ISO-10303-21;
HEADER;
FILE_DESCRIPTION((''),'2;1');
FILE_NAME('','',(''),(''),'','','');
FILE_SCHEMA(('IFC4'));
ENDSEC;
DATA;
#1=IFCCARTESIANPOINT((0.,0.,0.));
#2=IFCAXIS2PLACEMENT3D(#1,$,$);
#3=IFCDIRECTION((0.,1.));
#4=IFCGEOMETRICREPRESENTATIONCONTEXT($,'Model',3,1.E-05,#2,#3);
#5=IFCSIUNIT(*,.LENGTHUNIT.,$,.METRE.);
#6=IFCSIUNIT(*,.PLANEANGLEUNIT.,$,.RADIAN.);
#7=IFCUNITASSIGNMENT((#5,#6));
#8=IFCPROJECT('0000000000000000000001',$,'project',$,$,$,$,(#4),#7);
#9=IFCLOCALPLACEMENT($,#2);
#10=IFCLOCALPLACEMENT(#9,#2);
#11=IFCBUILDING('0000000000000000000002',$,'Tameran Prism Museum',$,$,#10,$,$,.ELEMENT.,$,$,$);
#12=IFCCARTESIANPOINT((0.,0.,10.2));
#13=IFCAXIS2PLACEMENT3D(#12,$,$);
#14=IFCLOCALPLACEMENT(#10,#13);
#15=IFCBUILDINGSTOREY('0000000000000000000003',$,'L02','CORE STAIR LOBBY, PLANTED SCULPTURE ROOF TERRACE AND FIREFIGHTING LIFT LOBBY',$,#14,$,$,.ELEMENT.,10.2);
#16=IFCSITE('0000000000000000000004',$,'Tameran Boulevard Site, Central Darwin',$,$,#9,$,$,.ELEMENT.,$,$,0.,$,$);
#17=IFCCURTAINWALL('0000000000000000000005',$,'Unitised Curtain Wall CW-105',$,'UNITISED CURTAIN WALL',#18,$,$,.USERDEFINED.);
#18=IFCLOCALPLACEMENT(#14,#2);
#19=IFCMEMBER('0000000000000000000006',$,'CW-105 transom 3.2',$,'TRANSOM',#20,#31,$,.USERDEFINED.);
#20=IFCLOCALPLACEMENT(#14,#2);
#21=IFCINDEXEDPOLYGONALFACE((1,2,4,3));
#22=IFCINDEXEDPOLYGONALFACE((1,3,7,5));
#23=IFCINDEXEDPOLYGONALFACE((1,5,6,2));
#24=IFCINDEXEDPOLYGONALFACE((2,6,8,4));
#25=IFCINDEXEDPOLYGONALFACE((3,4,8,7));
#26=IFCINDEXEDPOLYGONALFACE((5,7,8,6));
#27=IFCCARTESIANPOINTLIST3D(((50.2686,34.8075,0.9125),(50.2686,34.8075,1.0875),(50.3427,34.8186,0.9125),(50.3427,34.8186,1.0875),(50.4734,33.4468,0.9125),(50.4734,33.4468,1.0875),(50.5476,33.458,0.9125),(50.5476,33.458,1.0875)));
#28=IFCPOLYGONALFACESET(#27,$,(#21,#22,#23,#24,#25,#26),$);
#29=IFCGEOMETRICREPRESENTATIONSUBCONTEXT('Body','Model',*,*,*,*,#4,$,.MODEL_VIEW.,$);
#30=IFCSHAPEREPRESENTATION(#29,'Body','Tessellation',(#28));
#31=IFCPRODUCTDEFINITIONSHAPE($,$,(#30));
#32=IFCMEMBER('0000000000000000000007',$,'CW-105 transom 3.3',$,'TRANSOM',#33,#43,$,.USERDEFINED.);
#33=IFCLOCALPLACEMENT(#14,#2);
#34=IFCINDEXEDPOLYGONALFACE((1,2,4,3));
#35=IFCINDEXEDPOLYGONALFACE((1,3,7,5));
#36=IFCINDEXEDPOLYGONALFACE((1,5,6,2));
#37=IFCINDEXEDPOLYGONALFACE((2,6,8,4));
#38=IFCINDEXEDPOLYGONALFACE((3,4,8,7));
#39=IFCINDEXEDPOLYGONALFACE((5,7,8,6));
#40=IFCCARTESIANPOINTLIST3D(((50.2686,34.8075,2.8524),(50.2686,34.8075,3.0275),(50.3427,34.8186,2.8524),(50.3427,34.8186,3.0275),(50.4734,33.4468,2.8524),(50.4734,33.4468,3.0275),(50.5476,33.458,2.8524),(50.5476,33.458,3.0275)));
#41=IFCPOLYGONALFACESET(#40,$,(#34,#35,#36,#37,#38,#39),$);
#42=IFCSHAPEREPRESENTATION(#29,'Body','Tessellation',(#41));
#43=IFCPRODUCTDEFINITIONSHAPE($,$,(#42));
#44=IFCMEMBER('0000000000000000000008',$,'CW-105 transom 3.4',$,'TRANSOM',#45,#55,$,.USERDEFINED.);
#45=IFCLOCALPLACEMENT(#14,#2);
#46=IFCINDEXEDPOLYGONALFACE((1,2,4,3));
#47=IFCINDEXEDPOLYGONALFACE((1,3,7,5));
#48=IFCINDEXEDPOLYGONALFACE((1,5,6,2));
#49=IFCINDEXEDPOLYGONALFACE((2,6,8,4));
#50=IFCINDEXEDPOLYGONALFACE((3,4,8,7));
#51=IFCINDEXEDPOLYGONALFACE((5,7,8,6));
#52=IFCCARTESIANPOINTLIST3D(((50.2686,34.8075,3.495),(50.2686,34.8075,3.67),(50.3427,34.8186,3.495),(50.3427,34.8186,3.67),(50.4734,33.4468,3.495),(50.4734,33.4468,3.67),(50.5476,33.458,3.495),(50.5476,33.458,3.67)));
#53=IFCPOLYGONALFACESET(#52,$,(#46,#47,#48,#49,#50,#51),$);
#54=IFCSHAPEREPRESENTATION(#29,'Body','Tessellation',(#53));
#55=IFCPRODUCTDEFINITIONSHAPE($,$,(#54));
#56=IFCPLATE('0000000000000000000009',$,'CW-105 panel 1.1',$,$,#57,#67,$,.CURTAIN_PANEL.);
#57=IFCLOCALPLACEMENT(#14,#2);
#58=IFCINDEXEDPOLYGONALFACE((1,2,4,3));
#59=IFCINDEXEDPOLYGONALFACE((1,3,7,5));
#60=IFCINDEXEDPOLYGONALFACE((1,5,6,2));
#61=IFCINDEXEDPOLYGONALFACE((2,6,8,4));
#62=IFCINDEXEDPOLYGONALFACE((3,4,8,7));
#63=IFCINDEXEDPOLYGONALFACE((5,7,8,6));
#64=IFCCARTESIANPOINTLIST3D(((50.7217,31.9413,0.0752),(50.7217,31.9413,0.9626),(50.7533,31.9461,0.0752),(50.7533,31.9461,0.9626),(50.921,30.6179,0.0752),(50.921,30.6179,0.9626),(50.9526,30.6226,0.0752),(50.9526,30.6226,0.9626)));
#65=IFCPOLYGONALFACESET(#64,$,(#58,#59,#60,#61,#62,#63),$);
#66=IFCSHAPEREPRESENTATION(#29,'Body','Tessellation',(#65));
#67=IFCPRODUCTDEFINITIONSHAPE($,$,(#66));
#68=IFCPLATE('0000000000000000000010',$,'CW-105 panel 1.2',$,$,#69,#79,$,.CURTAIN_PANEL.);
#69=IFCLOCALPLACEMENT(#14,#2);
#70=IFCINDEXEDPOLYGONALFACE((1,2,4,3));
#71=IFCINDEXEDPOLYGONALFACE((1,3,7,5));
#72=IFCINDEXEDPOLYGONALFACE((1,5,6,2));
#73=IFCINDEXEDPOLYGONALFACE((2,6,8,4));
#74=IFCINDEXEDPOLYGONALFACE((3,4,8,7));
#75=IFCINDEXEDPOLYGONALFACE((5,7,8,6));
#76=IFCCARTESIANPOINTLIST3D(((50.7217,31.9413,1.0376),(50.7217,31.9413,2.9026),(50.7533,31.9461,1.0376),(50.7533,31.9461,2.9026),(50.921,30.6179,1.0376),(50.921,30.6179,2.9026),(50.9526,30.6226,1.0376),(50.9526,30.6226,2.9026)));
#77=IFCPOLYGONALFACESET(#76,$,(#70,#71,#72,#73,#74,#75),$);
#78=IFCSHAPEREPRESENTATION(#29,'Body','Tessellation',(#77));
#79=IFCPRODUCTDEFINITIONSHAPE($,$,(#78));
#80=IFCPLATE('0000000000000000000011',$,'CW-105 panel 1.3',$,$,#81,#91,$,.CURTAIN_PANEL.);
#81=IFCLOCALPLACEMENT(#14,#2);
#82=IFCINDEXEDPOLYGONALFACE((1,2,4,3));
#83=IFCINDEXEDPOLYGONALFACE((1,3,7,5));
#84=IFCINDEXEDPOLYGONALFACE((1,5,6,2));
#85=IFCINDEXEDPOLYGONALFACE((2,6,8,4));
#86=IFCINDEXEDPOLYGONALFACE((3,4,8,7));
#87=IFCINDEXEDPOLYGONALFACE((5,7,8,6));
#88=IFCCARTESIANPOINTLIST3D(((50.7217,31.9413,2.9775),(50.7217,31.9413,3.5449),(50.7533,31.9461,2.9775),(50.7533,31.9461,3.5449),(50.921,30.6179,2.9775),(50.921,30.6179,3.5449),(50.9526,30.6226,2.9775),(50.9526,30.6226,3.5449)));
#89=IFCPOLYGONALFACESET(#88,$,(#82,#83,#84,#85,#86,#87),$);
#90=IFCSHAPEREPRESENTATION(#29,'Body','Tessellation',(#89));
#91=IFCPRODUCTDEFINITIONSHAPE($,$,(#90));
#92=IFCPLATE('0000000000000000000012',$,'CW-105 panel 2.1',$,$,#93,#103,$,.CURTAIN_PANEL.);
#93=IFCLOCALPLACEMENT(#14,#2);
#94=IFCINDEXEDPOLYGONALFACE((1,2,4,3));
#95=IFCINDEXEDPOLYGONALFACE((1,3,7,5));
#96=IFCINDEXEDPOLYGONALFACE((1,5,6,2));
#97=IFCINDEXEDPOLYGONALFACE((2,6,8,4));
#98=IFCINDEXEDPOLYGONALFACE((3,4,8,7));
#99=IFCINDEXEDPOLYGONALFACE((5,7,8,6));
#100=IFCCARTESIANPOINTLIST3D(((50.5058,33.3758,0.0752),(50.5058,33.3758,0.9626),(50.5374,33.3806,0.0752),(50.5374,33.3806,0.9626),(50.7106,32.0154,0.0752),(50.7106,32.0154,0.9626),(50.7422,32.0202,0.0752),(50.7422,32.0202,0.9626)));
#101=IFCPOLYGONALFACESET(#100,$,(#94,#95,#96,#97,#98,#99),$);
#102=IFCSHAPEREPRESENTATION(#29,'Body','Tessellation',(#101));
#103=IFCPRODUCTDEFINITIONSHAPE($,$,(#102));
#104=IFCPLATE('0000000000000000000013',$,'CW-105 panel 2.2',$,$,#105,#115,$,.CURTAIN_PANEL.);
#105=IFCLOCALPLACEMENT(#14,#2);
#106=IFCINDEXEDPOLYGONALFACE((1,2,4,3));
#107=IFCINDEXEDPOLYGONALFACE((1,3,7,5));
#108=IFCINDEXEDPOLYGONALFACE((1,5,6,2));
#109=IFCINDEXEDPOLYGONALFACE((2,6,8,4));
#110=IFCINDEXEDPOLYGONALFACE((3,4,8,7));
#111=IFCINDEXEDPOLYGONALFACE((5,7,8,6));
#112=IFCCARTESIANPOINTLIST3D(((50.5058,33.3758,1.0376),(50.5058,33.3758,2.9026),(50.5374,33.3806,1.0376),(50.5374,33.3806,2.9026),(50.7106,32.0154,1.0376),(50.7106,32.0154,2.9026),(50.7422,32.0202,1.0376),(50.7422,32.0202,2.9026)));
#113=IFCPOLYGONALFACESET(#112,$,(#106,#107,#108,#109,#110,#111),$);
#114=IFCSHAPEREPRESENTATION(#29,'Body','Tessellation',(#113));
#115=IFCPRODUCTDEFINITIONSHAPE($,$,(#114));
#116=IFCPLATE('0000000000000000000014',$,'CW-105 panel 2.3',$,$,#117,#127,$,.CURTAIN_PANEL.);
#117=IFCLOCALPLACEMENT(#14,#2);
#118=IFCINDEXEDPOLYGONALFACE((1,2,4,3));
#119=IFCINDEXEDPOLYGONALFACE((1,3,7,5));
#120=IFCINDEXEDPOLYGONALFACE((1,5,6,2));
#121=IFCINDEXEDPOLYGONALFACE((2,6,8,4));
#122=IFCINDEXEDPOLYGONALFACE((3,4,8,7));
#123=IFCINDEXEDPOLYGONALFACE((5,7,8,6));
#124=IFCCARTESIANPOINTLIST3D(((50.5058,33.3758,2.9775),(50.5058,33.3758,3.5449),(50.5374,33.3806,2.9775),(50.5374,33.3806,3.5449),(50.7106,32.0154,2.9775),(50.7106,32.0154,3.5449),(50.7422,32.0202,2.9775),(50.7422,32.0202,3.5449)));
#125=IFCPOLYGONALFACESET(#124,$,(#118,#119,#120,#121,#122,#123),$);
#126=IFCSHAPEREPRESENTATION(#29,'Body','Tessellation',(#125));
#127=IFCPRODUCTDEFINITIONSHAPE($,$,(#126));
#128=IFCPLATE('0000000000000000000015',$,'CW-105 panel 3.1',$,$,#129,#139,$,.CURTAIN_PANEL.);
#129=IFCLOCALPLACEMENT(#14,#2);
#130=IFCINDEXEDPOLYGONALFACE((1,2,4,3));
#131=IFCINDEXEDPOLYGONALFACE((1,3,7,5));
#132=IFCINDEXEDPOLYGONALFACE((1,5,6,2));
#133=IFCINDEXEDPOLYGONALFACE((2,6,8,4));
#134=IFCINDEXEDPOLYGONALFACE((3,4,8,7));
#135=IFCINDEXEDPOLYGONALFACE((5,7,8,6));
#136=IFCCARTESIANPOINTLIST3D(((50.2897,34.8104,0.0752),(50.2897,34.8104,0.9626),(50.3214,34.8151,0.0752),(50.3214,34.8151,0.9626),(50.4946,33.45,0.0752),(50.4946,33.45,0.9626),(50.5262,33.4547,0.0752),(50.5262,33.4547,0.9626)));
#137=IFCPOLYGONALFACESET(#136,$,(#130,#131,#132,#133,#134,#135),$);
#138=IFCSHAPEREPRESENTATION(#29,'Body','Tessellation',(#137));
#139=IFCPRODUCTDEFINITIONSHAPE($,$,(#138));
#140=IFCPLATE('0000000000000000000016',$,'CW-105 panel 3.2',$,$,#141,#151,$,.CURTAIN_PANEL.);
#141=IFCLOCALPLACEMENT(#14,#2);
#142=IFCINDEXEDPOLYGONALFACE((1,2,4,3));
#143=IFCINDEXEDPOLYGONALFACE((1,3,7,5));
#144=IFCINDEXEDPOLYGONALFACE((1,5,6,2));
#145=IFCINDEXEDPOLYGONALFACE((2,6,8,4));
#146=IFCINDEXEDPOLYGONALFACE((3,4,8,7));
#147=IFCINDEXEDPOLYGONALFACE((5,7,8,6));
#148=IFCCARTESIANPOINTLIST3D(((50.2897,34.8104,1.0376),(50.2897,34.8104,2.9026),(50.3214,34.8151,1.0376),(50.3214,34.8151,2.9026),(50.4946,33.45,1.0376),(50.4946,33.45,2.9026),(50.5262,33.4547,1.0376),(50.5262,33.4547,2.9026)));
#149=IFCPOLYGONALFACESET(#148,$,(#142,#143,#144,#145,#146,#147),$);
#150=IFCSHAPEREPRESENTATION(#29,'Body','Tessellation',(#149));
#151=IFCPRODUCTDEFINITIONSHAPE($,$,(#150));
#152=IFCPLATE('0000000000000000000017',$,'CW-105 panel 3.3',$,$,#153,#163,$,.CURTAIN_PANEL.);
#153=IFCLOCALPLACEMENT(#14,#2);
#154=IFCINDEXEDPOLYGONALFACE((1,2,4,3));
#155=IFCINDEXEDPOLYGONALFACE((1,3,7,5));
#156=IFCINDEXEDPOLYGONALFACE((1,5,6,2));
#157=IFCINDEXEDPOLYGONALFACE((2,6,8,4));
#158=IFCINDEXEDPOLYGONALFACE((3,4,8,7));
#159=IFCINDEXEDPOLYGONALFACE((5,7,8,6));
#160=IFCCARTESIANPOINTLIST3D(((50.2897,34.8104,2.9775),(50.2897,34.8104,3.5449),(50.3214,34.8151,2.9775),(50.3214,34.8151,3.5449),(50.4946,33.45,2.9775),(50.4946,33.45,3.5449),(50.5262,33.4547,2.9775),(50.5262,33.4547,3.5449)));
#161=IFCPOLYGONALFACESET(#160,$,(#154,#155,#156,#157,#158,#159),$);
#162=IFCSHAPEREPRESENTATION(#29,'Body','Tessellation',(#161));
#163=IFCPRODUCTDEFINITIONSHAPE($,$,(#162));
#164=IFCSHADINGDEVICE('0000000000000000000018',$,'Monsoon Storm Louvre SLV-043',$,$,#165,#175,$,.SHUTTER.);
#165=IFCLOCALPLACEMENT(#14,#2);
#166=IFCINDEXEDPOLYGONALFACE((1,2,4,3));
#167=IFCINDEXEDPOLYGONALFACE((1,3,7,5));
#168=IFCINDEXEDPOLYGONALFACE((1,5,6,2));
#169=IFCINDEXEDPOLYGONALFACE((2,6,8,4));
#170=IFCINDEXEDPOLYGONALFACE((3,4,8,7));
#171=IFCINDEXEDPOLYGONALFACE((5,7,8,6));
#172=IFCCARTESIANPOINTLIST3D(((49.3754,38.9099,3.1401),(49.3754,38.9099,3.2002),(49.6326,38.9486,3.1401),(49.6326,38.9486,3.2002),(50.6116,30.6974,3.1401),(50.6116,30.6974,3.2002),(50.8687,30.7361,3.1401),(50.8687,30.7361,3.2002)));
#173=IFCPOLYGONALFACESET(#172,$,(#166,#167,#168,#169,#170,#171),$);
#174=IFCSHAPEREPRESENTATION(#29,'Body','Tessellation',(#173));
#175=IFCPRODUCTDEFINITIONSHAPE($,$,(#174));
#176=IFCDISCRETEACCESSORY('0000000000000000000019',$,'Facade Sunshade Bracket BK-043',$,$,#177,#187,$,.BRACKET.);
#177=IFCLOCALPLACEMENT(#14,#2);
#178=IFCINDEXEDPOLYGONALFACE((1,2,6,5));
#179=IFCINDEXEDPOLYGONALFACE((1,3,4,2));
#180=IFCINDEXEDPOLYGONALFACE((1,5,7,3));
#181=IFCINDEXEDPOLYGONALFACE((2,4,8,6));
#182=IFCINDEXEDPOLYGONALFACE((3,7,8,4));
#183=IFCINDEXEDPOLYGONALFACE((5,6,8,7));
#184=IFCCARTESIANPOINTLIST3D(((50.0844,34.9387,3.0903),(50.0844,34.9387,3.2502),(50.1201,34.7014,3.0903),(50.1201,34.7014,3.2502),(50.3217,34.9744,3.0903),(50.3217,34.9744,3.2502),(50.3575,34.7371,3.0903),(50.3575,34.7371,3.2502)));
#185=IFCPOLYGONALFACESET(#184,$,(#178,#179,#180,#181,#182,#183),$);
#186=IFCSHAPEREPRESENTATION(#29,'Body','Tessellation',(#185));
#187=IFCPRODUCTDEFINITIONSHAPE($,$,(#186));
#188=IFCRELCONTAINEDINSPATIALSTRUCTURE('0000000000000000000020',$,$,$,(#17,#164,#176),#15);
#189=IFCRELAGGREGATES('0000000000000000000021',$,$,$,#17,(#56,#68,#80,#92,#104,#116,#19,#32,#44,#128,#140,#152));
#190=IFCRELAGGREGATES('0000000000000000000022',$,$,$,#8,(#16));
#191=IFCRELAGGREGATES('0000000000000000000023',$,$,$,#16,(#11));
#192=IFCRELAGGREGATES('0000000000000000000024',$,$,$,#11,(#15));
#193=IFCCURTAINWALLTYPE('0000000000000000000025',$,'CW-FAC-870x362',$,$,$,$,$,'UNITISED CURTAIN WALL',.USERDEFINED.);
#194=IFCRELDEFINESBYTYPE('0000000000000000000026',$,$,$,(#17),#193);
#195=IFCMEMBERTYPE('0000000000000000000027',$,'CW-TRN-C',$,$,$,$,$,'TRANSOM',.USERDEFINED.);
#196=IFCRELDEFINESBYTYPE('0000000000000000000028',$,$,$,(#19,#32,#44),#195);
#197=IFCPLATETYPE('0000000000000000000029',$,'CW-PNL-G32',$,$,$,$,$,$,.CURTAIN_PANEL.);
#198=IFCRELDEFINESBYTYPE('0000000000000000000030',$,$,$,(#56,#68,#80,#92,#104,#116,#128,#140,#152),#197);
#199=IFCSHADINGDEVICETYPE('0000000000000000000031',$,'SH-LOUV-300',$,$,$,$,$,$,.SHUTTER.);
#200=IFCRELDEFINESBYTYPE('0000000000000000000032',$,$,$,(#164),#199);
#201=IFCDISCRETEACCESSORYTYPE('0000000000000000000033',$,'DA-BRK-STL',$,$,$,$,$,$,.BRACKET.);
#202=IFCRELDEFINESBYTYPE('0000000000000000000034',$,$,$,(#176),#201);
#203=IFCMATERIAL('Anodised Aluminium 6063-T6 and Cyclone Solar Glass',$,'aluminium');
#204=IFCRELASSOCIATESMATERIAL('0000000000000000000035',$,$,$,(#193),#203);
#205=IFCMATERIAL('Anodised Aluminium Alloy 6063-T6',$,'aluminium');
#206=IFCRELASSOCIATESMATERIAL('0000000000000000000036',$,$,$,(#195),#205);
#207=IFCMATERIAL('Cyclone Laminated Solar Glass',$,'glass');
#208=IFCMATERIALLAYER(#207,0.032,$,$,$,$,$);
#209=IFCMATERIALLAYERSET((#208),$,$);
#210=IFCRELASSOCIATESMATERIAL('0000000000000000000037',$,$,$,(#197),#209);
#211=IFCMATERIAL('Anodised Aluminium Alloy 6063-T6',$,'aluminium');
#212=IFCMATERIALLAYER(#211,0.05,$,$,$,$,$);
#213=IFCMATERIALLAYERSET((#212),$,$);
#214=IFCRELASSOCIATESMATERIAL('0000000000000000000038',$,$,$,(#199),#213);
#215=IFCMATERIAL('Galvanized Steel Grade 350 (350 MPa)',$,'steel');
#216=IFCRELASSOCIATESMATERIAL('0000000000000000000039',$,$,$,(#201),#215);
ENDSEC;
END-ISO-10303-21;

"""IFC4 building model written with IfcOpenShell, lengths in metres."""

from ifc_helpers import new_model, si_unit, direction, frame, origin, origin_2d, place, context, subcontext, project, spatial, rectangle, extrude, material, layer, layer_set, material_profile, profile_set, type_object, element, aggregate, save


model = new_model("IFC4")

# Units and contexts
model_context = context("Model", 3, precision=1e-05, world=origin(), true_north=direction((0.0, 1.0)))
body_context = subcontext(model_context, "Body", "Model", "MODEL_VIEW")
ifc_project = project(units=[si_unit("LENGTHUNIT", "METRE"), si_unit("PLANEANGLEUNIT", "RADIAN")], contexts=[model_context])

# Site, building, storey
site_placement = place(None, origin())
site = spatial("IfcSite", under=ifc_project, at=site_placement, Name="Tameran Boulevard Site, Central Darwin", CompositionType="ELEMENT", RefElevation=0.0)
building_placement = place(site_placement, origin())
building = spatial("IfcBuilding", under=site, at=building_placement, Name="Tameran Prism Museum", CompositionType="ELEMENT")
storey_placement = place(building_placement, frame((0.0, 0.0, 10.2)))
storey = spatial("IfcBuildingStorey", under=building, at=storey_placement, Name="L02", Description="CORE STAIR LOBBY, PLANTED SCULPTURE ROOF TERRACE AND FIREFIGHTING LIFT LOBBY", CompositionType="ELEMENT", Elevation=10.2)

# Curtain wall, members, plates
ifc_material_1 = material(Name="Anodised Aluminium 6063-T6 and Cyclone Solar Glass", Category="aluminium")
curtain_wall_type = type_object("IfcCurtainWallType", Name="CW-FAC-870x362", ElementType="UNITISED CURTAIN WALL", PredefinedType="USERDEFINED", material=ifc_material_1)
curtain_wall_placement = place(storey_placement, origin())
curtain_wall = element("IfcCurtainWall", 1, at=curtain_wall_placement, inside=storey, type_object=curtain_wall_type, Name="Unitised Curtain Wall CW-105", ObjectType="UNITISED CURTAIN WALL", PredefinedType="USERDEFINED")
ifc_material_2 = material(Name="Anodised Aluminium Alloy 6063-T6", Category="aluminium")
ifc_material_profile_1 = material_profile(ifc_material_2, rectangle(XDim=0.075, YDim=0.175, at=origin_2d()))
ifc_profile_set_1 = profile_set([ifc_material_profile_1])
member_type_1 = type_object("IfcMemberType", Name="CW-TRN-C", ElementType="TRANSOM", PredefinedType="USERDEFINED", material=ifc_profile_set_1)
member_1_placement = place(storey_placement, frame((50.5105, 33.4524, 1.0), z_axis=(-0.14887, 0.988857, 0.0), x_axis=(-0.988857, -0.14887, 0.0)))
member_1 = element("IfcMember", 2, at=member_1_placement, type_object=member_type_1, Name="CW-105 transom 3.2", ObjectType="TRANSOM", PredefinedType="USERDEFINED", context=body_context, shape_type="SweptSolid", body=[
    extrude(rectangle(XDim=0.075, YDim=0.175, at=origin_2d()), origin(), (0.0, 0.0, 1.0), 1.376),
])
member_2_placement = place(storey_placement, frame((50.5105, 33.4524, 2.9399), z_axis=(-0.14887, 0.988857, 0.0), x_axis=(-0.988857, -0.14887, 0.0)))
member_2 = element("IfcMember", 3, at=member_2_placement, type_object=member_type_1, Name="CW-105 transom 3.3", ObjectType="TRANSOM", PredefinedType="USERDEFINED", context=body_context, shape_type="SweptSolid", body=[
    extrude(rectangle(XDim=0.075, YDim=0.175, at=origin_2d()), origin(), (0.0, 0.0, 1.0), 1.376),
])
member_3_placement = place(storey_placement, frame((50.5105, 33.4524, 3.5825), z_axis=(-0.14887, 0.988857, 0.0), x_axis=(-0.988857, -0.14887, 0.0)))
member_3 = element("IfcMember", 4, at=member_3_placement, type_object=member_type_1, Name="CW-105 transom 3.4", ObjectType="TRANSOM", PredefinedType="USERDEFINED", context=body_context, shape_type="SweptSolid", body=[
    extrude(rectangle(XDim=0.075, YDim=0.175, at=origin_2d()), origin(), (0.0, 0.0, 1.0), 1.376),
])
ifc_material_3 = material(Name="Cyclone Laminated Solar Glass", Category="glass")
ifc_layer_1 = layer(ifc_material_3, 0.032)
ifc_layer_set_1 = layer_set([ifc_layer_1])
plate_type = type_object("IfcPlateType", Name="CW-PNL-G32", PredefinedType="CURTAIN_PANEL", material=ifc_layer_set_1)
plate_1_placement = place(storey_placement, frame((50.8372, 31.282, 0.0752), z_axis=(0.0, 0.0, 1.0), x_axis=(-0.14888, 0.988855, 0.0)))
plate_1 = element("IfcPlate", 5, at=plate_1_placement, type_object=plate_type, Name="CW-105 panel 1.1", PredefinedType="CURTAIN_PANEL", context=body_context, shape_type="SweptSolid", body=[
    extrude(rectangle(XDim=1.3384, YDim=0.032, at=origin_2d()), origin(), (0.0, 0.0, 1.0), 0.8875),
])
plate_2_placement = place(storey_placement, frame((50.8372, 31.282, 1.0376), z_axis=(0.0, 0.0, 1.0), x_axis=(-0.14888, 0.988855, 0.0)))
plate_2 = element("IfcPlate", 6, at=plate_2_placement, type_object=plate_type, Name="CW-105 panel 1.2", PredefinedType="CURTAIN_PANEL", context=body_context, shape_type="SweptSolid", body=[
    extrude(rectangle(XDim=1.3384, YDim=0.032, at=origin_2d()), origin(), (0.0, 0.0, 1.0), 1.865),
])
plate_3_placement = place(storey_placement, frame((50.8372, 31.282, 2.9775), z_axis=(0.0, 0.0, 1.0), x_axis=(-0.14888, 0.988855, 0.0)))
plate_3 = element("IfcPlate", 7, at=plate_3_placement, type_object=plate_type, Name="CW-105 panel 1.3", PredefinedType="CURTAIN_PANEL", context=body_context, shape_type="SweptSolid", body=[
    extrude(rectangle(XDim=1.3384, YDim=0.032, at=origin_2d()), origin(), (0.0, 0.0, 1.0), 0.5674),
])
plate_4_placement = place(storey_placement, frame((50.624, 32.698, 0.0752), z_axis=(0.0, 0.0, 1.0), x_axis=(-0.14888, 0.988855, 0.0)))
plate_4 = element("IfcPlate", 8, at=plate_4_placement, type_object=plate_type, Name="CW-105 panel 2.1", PredefinedType="CURTAIN_PANEL", context=body_context, shape_type="SweptSolid", body=[
    extrude(rectangle(XDim=1.3757, YDim=0.032, at=origin_2d()), origin(), (0.0, 0.0, 1.0), 0.8875),
])
plate_5_placement = place(storey_placement, frame((50.624, 32.698, 1.0376), z_axis=(0.0, 0.0, 1.0), x_axis=(-0.14888, 0.988855, 0.0)))
plate_5 = element("IfcPlate", 9, at=plate_5_placement, type_object=plate_type, Name="CW-105 panel 2.2", PredefinedType="CURTAIN_PANEL", context=body_context, shape_type="SweptSolid", body=[
    extrude(rectangle(XDim=1.3757, YDim=0.032, at=origin_2d()), origin(), (0.0, 0.0, 1.0), 1.865),
])
plate_6_placement = place(storey_placement, frame((50.624, 32.698, 2.9775), z_axis=(0.0, 0.0, 1.0), x_axis=(-0.14888, 0.988855, 0.0)))
plate_6 = element("IfcPlate", 10, at=plate_6_placement, type_object=plate_type, Name="CW-105 panel 2.3", PredefinedType="CURTAIN_PANEL", context=body_context, shape_type="SweptSolid", body=[
    extrude(rectangle(XDim=1.3757, YDim=0.032, at=origin_2d()), origin(), (0.0, 0.0, 1.0), 0.5674),
])
plate_7_placement = place(storey_placement, frame((50.408, 34.1326, 0.0752), z_axis=(0.0, 0.0, 1.0), x_axis=(-0.14888, 0.988855, 0.0)))
plate_7 = element("IfcPlate", 11, at=plate_7_placement, type_object=plate_type, Name="CW-105 panel 3.1", PredefinedType="CURTAIN_PANEL", context=body_context, shape_type="SweptSolid", body=[
    extrude(rectangle(XDim=1.3757, YDim=0.032, at=origin_2d()), origin(), (0.0, 0.0, 1.0), 0.8875),
])
plate_8_placement = place(storey_placement, frame((50.408, 34.1326, 1.0376), z_axis=(0.0, 0.0, 1.0), x_axis=(-0.14888, 0.988855, 0.0)))
plate_8 = element("IfcPlate", 12, at=plate_8_placement, type_object=plate_type, Name="CW-105 panel 3.2", PredefinedType="CURTAIN_PANEL", context=body_context, shape_type="SweptSolid", body=[
    extrude(rectangle(XDim=1.3757, YDim=0.032, at=origin_2d()), origin(), (0.0, 0.0, 1.0), 1.865),
])
plate_9_placement = place(storey_placement, frame((50.408, 34.1326, 2.9775), z_axis=(0.0, 0.0, 1.0), x_axis=(-0.14888, 0.988855, 0.0)))
plate_9 = element("IfcPlate", 13, at=plate_9_placement, type_object=plate_type, Name="CW-105 panel 3.3", PredefinedType="CURTAIN_PANEL", context=body_context, shape_type="SweptSolid", body=[
    extrude(rectangle(XDim=1.3757, YDim=0.032, at=origin_2d()), origin(), (0.0, 0.0, 1.0), 0.5674),
])
aggregate(curtain_wall, [plate_1, plate_2, plate_3, plate_4, plate_5, plate_6, member_1, member_2, member_3, plate_7, plate_8, plate_9])

# Shading device
ifc_material_4 = material(Name="Anodised Aluminium Alloy 6063-T6", Category="aluminium")
ifc_layer_2 = layer(ifc_material_4, 0.05)
ifc_layer_set_2 = layer_set([ifc_layer_2])
shading_device_type = type_object("IfcShadingDeviceType", Name="SH-LOUV-300", PredefinedType="SHUTTER", material=ifc_layer_set_2)
shading_device_placement = place(storey_placement, frame((50.1221, 34.823, 3.1401), z_axis=(0.0, 0.0, 1.0), x_axis=(-0.148845, 0.988861, 0.0)))
element("IfcShadingDevice", 14, at=shading_device_placement, inside=storey, type_object=shading_device_type, Name="Monsoon Storm Louvre SLV-043", PredefinedType="SHUTTER", context=body_context, shape_type="SweptSolid", body=[
    extrude(rectangle(XDim=8.3049, YDim=0.26, at=origin_2d()), origin(), (0.0, 0.0, 1.0), 0.0601),
])

# Discrete accessory
ifc_material_5 = material(Name="Galvanized Steel Grade 350 (350 MPa)", Category="steel")
discrete_accessory_type = type_object("IfcDiscreteAccessoryType", Name="DA-BRK-STL", PredefinedType="BRACKET", material=ifc_material_5)
discrete_accessory_placement = place(storey_placement, frame((50.2209, 34.8379, 3.0903), z_axis=(0.0, 0.0, 1.0), x_axis=(-0.148845, 0.988861, 0.0)))
element("IfcDiscreteAccessory", 15, at=discrete_accessory_placement, inside=storey, type_object=discrete_accessory_type, Name="Facade Sunshade Bracket BK-043", PredefinedType="BRACKET", context=body_context, shape_type="SweptSolid", body=[
    extrude(rectangle(XDim=0.24, YDim=0.24, at=origin_2d()), origin(), (0.0, 0.0, 1.0), 0.1599),
])

save(model, "model.ifc")
